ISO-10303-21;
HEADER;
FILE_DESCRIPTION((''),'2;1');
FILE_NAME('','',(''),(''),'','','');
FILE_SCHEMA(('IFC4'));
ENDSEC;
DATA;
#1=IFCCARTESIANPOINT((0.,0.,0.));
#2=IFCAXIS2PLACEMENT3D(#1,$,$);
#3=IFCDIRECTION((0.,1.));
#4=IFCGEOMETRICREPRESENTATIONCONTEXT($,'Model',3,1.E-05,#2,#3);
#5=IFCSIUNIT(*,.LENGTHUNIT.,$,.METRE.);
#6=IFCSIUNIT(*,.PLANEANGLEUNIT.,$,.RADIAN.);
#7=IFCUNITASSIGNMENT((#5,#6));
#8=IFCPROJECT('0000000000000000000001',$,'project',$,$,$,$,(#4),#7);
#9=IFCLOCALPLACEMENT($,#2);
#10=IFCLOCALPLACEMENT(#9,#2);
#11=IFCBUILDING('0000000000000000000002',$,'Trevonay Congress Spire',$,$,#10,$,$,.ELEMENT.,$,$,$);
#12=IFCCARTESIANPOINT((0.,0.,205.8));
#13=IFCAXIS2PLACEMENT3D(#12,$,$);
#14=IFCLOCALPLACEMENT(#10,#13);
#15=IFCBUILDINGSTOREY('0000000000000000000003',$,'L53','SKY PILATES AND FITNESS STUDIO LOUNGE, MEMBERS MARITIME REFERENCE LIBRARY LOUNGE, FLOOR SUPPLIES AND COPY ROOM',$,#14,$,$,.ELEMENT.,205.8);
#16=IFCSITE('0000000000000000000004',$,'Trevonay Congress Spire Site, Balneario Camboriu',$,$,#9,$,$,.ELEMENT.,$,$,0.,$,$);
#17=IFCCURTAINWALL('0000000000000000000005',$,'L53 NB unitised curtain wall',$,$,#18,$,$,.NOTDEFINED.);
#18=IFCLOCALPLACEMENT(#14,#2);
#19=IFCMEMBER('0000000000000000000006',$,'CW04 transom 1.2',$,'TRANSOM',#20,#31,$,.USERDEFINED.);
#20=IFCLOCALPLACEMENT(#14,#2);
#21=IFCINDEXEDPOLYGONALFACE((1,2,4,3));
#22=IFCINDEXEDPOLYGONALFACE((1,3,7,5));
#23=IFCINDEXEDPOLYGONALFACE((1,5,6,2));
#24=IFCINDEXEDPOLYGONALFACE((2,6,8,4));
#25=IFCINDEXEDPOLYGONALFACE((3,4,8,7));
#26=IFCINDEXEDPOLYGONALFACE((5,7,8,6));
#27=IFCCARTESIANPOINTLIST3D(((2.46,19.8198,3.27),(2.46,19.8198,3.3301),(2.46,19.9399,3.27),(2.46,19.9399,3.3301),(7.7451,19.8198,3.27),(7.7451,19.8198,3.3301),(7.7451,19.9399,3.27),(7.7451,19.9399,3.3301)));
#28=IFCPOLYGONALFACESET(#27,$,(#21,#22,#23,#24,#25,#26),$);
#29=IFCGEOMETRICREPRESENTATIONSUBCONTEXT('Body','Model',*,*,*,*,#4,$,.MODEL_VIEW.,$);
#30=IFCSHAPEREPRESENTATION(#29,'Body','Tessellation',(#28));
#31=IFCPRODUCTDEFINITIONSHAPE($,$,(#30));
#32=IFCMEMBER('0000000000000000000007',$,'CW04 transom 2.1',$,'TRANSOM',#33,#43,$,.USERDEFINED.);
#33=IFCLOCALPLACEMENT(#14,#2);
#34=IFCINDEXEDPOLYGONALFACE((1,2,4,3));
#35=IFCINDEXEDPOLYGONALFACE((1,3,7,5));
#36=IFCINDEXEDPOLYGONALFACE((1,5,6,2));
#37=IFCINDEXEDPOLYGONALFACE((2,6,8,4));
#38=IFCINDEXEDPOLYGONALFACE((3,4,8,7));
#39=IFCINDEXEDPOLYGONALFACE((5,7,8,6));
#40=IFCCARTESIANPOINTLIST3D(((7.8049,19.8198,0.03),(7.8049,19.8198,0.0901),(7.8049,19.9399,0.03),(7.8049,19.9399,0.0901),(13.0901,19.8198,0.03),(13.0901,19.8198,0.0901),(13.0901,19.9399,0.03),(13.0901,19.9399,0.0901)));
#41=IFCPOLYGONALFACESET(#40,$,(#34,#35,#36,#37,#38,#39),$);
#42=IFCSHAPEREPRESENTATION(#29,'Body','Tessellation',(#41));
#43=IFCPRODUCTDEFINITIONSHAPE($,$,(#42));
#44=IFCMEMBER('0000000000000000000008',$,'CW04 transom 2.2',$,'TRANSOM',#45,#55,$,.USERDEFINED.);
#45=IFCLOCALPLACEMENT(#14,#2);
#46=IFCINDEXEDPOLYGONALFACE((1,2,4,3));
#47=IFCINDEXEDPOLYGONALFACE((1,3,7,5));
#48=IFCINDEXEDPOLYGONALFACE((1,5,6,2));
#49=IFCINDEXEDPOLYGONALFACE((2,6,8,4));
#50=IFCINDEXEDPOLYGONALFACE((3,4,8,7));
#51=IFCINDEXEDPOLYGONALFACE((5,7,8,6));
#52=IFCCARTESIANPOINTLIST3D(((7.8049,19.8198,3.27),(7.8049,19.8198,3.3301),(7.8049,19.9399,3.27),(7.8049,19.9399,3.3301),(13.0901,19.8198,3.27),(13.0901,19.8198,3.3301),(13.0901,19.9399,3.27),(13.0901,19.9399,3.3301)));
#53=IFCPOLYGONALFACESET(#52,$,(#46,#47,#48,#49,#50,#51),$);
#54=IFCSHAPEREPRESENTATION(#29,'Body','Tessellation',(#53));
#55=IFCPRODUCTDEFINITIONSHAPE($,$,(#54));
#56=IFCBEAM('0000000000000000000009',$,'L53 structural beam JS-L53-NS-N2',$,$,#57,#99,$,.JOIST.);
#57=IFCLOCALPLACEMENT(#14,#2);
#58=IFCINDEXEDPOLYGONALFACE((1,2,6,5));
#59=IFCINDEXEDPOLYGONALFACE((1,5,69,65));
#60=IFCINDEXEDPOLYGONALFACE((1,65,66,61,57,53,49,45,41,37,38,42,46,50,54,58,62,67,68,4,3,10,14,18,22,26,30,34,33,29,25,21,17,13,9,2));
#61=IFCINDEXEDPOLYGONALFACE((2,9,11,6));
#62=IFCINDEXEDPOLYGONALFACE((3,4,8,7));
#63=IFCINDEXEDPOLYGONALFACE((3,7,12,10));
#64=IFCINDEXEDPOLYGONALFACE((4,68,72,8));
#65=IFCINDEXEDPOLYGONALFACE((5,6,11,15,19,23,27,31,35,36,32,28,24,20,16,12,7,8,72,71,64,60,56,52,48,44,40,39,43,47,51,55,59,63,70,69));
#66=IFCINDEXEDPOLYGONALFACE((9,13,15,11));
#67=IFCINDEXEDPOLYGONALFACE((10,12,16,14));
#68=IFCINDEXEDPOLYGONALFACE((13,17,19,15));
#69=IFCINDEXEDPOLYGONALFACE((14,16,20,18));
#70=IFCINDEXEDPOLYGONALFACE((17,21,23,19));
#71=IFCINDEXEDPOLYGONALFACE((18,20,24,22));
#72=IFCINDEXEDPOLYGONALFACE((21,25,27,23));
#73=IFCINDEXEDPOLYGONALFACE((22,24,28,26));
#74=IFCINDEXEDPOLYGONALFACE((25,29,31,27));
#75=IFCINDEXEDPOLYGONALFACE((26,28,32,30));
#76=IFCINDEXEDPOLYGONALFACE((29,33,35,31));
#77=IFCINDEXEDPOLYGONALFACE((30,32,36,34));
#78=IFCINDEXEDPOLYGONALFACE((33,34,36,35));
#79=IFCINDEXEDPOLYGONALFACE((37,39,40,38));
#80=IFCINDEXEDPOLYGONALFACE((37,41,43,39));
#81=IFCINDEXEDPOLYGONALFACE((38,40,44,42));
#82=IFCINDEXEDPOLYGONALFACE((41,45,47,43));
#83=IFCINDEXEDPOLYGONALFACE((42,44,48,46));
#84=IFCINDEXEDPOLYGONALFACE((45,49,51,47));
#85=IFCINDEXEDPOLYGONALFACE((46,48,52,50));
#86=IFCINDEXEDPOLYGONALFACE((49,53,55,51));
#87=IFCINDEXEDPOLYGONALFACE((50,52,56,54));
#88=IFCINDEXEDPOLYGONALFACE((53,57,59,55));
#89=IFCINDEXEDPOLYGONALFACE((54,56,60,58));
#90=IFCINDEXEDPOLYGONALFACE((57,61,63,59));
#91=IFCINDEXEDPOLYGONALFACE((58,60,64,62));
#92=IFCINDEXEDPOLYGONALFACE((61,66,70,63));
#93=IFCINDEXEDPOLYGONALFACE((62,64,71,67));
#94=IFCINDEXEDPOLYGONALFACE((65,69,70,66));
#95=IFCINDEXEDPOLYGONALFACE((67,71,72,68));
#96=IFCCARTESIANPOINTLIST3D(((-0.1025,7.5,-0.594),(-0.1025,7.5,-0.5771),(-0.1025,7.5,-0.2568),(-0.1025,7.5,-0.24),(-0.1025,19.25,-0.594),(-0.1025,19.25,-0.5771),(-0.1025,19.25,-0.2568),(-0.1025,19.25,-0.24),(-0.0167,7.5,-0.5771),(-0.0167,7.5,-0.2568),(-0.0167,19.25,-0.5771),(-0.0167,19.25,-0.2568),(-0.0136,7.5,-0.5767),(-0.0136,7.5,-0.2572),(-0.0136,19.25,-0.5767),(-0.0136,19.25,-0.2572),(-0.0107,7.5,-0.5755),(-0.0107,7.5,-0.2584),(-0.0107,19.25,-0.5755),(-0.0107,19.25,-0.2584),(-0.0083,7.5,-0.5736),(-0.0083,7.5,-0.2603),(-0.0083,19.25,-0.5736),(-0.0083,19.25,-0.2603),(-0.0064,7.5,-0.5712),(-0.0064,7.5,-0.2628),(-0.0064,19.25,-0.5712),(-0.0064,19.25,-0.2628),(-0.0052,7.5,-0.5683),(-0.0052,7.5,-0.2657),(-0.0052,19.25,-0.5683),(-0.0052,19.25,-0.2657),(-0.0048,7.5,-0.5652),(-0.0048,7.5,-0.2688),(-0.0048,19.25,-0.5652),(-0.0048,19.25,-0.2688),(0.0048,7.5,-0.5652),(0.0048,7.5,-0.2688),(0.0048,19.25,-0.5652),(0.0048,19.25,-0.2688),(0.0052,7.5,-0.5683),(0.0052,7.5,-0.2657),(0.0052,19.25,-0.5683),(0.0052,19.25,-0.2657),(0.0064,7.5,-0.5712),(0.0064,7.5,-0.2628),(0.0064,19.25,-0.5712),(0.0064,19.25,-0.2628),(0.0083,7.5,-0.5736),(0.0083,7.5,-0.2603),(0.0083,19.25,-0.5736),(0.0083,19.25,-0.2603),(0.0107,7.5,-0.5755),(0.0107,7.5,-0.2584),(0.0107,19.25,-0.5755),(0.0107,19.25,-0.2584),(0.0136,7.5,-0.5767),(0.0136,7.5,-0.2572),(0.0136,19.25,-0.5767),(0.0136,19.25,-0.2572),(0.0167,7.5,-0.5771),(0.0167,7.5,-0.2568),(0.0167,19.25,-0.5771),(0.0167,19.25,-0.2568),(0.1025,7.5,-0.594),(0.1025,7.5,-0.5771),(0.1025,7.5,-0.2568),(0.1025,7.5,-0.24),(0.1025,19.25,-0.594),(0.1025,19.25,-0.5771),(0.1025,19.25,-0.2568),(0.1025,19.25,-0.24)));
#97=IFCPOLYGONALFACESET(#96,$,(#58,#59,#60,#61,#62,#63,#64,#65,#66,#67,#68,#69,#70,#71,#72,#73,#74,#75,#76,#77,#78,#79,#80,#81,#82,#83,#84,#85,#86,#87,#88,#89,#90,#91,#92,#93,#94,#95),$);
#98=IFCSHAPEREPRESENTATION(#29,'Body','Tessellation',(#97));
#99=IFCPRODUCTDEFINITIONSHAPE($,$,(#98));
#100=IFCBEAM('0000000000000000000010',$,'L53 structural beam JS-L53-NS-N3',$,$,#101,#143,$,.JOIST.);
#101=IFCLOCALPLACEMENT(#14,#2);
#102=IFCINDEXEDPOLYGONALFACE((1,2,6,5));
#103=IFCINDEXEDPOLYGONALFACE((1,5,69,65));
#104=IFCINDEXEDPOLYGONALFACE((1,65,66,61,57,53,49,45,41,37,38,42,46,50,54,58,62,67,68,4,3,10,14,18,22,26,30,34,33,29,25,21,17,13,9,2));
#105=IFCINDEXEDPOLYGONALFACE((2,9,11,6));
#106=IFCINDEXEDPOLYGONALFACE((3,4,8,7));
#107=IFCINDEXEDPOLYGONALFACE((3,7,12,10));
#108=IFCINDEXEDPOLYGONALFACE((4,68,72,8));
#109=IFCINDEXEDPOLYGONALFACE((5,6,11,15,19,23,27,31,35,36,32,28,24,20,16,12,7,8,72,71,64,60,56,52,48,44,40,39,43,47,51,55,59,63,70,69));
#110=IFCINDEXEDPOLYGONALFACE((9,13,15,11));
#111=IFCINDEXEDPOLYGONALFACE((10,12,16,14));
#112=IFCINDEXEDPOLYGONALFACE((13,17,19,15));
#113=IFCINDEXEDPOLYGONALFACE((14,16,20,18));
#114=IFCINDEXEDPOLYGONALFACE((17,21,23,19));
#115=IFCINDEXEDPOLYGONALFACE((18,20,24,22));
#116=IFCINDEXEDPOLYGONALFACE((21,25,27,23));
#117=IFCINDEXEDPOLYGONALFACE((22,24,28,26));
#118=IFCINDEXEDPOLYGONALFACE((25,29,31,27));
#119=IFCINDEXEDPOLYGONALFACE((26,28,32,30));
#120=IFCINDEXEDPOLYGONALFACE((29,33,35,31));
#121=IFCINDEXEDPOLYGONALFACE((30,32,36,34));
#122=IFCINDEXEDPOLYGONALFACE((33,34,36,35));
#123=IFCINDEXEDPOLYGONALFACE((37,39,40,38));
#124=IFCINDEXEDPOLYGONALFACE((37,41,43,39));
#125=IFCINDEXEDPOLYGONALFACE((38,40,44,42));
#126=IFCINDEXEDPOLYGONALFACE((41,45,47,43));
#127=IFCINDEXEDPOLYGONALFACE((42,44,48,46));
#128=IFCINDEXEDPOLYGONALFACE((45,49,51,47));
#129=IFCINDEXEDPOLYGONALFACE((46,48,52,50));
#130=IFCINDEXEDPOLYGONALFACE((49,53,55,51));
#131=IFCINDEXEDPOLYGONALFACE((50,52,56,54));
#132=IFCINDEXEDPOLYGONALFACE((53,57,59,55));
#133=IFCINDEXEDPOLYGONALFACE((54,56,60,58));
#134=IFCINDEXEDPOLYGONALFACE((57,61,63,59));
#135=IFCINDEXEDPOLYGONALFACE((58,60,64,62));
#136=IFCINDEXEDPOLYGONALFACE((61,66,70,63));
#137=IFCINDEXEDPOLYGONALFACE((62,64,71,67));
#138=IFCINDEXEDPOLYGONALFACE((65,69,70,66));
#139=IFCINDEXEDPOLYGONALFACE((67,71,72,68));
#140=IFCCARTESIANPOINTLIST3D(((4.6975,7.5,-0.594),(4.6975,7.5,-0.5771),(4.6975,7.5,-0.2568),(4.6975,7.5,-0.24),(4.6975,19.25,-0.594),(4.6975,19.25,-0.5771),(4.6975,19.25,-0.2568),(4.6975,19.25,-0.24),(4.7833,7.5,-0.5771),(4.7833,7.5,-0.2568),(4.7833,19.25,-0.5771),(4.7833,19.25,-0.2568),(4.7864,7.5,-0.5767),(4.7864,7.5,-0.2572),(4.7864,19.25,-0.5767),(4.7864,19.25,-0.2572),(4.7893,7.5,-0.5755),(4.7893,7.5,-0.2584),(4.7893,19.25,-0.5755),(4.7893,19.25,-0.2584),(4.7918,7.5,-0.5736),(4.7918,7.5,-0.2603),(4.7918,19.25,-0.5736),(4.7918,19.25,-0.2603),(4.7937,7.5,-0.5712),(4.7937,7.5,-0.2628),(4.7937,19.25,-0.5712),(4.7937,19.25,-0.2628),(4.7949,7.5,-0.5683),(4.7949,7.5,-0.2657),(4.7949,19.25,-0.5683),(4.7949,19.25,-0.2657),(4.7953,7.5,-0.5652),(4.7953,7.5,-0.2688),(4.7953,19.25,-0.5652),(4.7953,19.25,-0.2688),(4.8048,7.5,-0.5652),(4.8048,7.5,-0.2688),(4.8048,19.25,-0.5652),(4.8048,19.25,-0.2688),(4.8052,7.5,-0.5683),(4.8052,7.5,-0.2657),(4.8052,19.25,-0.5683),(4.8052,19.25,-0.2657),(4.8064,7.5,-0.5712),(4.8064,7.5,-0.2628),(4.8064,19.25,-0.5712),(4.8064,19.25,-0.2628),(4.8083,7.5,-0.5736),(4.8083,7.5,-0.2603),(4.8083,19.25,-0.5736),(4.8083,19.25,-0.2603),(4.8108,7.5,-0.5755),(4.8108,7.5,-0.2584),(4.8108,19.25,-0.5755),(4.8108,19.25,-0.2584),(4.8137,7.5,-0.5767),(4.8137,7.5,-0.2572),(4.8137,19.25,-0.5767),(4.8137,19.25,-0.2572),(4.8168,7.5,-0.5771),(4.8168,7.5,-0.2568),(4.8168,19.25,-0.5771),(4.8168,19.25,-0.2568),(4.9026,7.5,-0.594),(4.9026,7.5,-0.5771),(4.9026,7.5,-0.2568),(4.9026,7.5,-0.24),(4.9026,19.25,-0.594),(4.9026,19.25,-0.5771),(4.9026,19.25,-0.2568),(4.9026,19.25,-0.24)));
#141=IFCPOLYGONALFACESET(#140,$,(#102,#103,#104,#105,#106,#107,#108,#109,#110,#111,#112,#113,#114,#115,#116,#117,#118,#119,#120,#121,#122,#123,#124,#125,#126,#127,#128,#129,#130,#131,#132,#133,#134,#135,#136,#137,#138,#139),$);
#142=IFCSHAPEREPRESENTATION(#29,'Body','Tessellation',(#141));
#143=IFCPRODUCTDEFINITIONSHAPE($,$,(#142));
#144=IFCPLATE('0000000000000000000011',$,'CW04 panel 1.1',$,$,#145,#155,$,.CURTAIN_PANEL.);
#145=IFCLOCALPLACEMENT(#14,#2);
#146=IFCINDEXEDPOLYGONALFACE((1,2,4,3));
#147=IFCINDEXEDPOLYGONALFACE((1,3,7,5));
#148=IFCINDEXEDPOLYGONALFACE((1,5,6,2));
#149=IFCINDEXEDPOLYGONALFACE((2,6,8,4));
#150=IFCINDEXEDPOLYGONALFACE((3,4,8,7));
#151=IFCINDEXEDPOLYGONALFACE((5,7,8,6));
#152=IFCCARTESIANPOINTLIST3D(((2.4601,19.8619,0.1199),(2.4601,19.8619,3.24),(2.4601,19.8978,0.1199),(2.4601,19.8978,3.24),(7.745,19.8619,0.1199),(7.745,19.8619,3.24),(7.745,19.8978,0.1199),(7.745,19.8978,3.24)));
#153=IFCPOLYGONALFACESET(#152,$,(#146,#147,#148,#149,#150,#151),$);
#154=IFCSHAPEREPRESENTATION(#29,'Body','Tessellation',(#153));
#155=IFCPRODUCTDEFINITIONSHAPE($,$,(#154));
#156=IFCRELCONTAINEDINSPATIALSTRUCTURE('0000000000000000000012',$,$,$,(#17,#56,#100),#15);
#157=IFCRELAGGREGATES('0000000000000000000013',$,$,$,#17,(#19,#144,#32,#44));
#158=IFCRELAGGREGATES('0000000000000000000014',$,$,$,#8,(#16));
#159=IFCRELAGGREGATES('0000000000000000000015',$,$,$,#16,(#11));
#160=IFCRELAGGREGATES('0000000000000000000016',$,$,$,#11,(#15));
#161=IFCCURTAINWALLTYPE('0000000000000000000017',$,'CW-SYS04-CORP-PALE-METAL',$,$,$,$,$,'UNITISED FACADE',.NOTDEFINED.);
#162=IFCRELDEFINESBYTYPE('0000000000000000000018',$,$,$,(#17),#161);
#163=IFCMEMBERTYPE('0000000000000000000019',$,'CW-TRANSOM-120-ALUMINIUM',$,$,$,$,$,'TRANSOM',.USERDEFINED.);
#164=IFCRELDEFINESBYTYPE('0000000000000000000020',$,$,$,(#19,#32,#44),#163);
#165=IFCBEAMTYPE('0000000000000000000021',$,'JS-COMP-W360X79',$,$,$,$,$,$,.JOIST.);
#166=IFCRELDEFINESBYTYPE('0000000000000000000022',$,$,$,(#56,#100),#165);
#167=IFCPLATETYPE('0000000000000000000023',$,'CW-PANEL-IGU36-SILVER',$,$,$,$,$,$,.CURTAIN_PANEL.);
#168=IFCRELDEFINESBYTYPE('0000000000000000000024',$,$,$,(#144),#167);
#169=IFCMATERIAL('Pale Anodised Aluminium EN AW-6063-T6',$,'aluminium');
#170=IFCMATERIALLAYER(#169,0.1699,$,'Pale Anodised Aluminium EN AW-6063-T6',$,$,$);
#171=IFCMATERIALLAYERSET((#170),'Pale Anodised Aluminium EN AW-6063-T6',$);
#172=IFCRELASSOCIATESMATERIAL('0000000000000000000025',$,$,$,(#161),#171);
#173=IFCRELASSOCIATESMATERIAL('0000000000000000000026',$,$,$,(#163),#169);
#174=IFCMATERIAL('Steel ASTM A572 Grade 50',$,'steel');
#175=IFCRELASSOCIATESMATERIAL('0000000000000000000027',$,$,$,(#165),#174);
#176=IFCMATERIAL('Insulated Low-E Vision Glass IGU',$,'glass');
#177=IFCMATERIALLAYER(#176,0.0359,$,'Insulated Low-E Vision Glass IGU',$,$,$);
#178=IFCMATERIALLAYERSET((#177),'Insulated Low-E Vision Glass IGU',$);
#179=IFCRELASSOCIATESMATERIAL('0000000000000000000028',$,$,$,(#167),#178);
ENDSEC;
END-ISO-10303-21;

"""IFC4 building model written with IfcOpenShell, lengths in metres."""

from ifc_helpers import new_model, si_unit, direction, frame, origin, origin_2d, place, context, subcontext, project, spatial, rectangle, i_section, extrude, material, layer, layer_set, material_profile, profile_set, type_object, element, aggregate, save


model = new_model("IFC4")

# Units and contexts
model_context = context("Model", 3, precision=1e-05, world=origin(), true_north=direction((0.0, 1.0)))
body_context = subcontext(model_context, "Body", "Model", "MODEL_VIEW")
ifc_project = project(units=[si_unit("LENGTHUNIT", "METRE"), si_unit("PLANEANGLEUNIT", "RADIAN")], contexts=[model_context])

# Site, building, storey
site_placement = place(None, origin())
site = spatial("IfcSite", under=ifc_project, at=site_placement, Name="Trevonay Congress Spire Site, Balneario Camboriu", CompositionType="ELEMENT", RefElevation=0.0)
building_placement = place(site_placement, origin())
building = spatial("IfcBuilding", under=site, at=building_placement, Name="Trevonay Congress Spire", CompositionType="ELEMENT")
storey_placement = place(building_placement, frame((0.0, 0.0, 205.8)))
storey = spatial("IfcBuildingStorey", under=building, at=storey_placement, Name="L53", Description="SKY PILATES AND FITNESS STUDIO LOUNGE, MEMBERS MARITIME REFERENCE LIBRARY LOUNGE, FLOOR SUPPLIES AND COPY ROOM", CompositionType="ELEMENT", Elevation=205.8)

# Shared definitions
ifc_material_1 = material(Name="Steel ASTM A572 Grade 50", Category="steel")

# Curtain wall, members
ifc_material_2 = material(Name="Pale Anodised Aluminium EN AW-6063-T6", Category="aluminium")
ifc_layer_1 = layer(ifc_material_2, 0.1699, Name="Pale Anodised Aluminium EN AW-6063-T6")
ifc_layer_set_1 = layer_set([ifc_layer_1], Name="Pale Anodised Aluminium EN AW-6063-T6")
curtain_wall_type = type_object("IfcCurtainWallType", Name="CW-SYS04-CORP-PALE-METAL", ElementType="UNITISED FACADE", PredefinedType="NOTDEFINED", material=ifc_layer_set_1)
curtain_wall_placement = place(storey_placement, origin())
curtain_wall = element("IfcCurtainWall", 1, at=curtain_wall_placement, inside=storey, type_object=curtain_wall_type, Name="L53 NB unitised curtain wall", PredefinedType="NOTDEFINED")
ifc_material_profile_1 = material_profile(ifc_material_2, rectangle(XDim=0.1201, YDim=0.0601, at=origin_2d()), Name="CW-TRANSOM-120-ALUMINIUM")
ifc_profile_set_1 = profile_set([ifc_material_profile_1], Name="Pale Anodised Aluminium EN AW-6063-T6")
member_type_1 = type_object("IfcMemberType", Name="CW-TRANSOM-120-ALUMINIUM", ElementType="TRANSOM", PredefinedType="USERDEFINED", material=ifc_profile_set_1)
member_1_placement = place(storey_placement, frame((2.46, 19.8799, 3.3), z_axis=(1.0, 0.0, 0.0), x_axis=(0.0, 1.0, 0.0)))
member_1 = element("IfcMember", 2, at=member_1_placement, type_object=member_type_1, Name="CW04 transom 1.2", ObjectType="TRANSOM", PredefinedType="USERDEFINED", context=body_context, shape_type="SweptSolid", body=[
    extrude(rectangle(XDim=0.1201, YDim=0.0601, at=origin_2d()), origin(), (0.0, 0.0, 1.0), 5.2852),
])
member_2_placement = place(storey_placement, frame((7.8049, 19.8799, 0.0601), z_axis=(1.0, 0.0, 0.0), x_axis=(0.0, 1.0, 0.0)))
member_2 = element("IfcMember", 3, at=member_2_placement, type_object=member_type_1, Name="CW04 transom 2.1", ObjectType="TRANSOM", PredefinedType="USERDEFINED", context=body_context, shape_type="SweptSolid", body=[
    extrude(rectangle(XDim=0.1201, YDim=0.0601, at=origin_2d()), origin(), (0.0, 0.0, 1.0), 5.2852),
])
member_3_placement = place(storey_placement, frame((7.8049, 19.8799, 3.3), z_axis=(1.0, 0.0, 0.0), x_axis=(0.0, 1.0, 0.0)))
member_3 = element("IfcMember", 4, at=member_3_placement, type_object=member_type_1, Name="CW04 transom 2.2", ObjectType="TRANSOM", PredefinedType="USERDEFINED", context=body_context, shape_type="SweptSolid", body=[
    extrude(rectangle(XDim=0.1201, YDim=0.0601, at=origin_2d()), origin(), (0.0, 0.0, 1.0), 5.2852),
])

# Beams
ifc_material_profile_2 = material_profile(ifc_material_1, i_section(OverallWidth=0.2051, OverallDepth=0.354, WebThickness=0.0095, FlangeThickness=0.0168, FilletRadius=0.012, at=origin_2d()), Name="W360x79")
ifc_profile_set_2 = profile_set([ifc_material_profile_2], Name="Steel ASTM A572 Grade 50")
beam_type_1 = type_object("IfcBeamType", Name="JS-COMP-W360X79", PredefinedType="JOIST", material=ifc_profile_set_2)
for number, where, z_axis, x_axis, name in (
    (5, (0.0, 7.5, -0.417), (0.0, 1.0, 0.0), (-1.0, 0.0, 0.0), "L53 structural beam JS-L53-NS-N2"),
    (6, (4.8, 7.5, -0.417), (0.0, 1.0, 0.0), (-1.0, 0.0, 0.0), "L53 structural beam JS-L53-NS-N3"),
):
    element("IfcBeam", number, at=place(storey_placement, frame(where, z_axis=z_axis, x_axis=x_axis)), inside=storey, type_object=beam_type_1, Name=name, PredefinedType="JOIST", context=body_context, shape_type="SweptSolid", body=[
        extrude(i_section(OverallWidth=0.2051, OverallDepth=0.354, WebThickness=0.0095, FlangeThickness=0.0168, FilletRadius=0.012, at=origin_2d()), origin(), (0.0, 0.0, 1.0), 11.75),
    ])

# Plate
ifc_material_3 = material(Name="Insulated Low-E Vision Glass IGU", Category="glass")
ifc_layer_2 = layer(ifc_material_3, 0.0359, Name="Insulated Low-E Vision Glass IGU")
ifc_layer_set_2 = layer_set([ifc_layer_2], Name="Insulated Low-E Vision Glass IGU")
plate_type = type_object("IfcPlateType", Name="CW-PANEL-IGU36-SILVER", PredefinedType="CURTAIN_PANEL", material=ifc_layer_set_2)
plate_placement = place(storey_placement, frame((5.1025, 19.8799, 0.1199), z_axis=(0.0, 0.0, 1.0), x_axis=(1.0, 0.0, 0.0)))
plate = element("IfcPlate", 7, at=plate_placement, type_object=plate_type, Name="CW04 panel 1.1", PredefinedType="CURTAIN_PANEL", context=body_context, shape_type="SweptSolid", body=[
    extrude(rectangle(XDim=5.2849, YDim=0.0359, at=origin_2d()), origin(), (0.0, 0.0, 1.0), 3.1201),
])
aggregate(curtain_wall, [member_1, plate, member_2, member_3])

save(model, "model.ifc")
